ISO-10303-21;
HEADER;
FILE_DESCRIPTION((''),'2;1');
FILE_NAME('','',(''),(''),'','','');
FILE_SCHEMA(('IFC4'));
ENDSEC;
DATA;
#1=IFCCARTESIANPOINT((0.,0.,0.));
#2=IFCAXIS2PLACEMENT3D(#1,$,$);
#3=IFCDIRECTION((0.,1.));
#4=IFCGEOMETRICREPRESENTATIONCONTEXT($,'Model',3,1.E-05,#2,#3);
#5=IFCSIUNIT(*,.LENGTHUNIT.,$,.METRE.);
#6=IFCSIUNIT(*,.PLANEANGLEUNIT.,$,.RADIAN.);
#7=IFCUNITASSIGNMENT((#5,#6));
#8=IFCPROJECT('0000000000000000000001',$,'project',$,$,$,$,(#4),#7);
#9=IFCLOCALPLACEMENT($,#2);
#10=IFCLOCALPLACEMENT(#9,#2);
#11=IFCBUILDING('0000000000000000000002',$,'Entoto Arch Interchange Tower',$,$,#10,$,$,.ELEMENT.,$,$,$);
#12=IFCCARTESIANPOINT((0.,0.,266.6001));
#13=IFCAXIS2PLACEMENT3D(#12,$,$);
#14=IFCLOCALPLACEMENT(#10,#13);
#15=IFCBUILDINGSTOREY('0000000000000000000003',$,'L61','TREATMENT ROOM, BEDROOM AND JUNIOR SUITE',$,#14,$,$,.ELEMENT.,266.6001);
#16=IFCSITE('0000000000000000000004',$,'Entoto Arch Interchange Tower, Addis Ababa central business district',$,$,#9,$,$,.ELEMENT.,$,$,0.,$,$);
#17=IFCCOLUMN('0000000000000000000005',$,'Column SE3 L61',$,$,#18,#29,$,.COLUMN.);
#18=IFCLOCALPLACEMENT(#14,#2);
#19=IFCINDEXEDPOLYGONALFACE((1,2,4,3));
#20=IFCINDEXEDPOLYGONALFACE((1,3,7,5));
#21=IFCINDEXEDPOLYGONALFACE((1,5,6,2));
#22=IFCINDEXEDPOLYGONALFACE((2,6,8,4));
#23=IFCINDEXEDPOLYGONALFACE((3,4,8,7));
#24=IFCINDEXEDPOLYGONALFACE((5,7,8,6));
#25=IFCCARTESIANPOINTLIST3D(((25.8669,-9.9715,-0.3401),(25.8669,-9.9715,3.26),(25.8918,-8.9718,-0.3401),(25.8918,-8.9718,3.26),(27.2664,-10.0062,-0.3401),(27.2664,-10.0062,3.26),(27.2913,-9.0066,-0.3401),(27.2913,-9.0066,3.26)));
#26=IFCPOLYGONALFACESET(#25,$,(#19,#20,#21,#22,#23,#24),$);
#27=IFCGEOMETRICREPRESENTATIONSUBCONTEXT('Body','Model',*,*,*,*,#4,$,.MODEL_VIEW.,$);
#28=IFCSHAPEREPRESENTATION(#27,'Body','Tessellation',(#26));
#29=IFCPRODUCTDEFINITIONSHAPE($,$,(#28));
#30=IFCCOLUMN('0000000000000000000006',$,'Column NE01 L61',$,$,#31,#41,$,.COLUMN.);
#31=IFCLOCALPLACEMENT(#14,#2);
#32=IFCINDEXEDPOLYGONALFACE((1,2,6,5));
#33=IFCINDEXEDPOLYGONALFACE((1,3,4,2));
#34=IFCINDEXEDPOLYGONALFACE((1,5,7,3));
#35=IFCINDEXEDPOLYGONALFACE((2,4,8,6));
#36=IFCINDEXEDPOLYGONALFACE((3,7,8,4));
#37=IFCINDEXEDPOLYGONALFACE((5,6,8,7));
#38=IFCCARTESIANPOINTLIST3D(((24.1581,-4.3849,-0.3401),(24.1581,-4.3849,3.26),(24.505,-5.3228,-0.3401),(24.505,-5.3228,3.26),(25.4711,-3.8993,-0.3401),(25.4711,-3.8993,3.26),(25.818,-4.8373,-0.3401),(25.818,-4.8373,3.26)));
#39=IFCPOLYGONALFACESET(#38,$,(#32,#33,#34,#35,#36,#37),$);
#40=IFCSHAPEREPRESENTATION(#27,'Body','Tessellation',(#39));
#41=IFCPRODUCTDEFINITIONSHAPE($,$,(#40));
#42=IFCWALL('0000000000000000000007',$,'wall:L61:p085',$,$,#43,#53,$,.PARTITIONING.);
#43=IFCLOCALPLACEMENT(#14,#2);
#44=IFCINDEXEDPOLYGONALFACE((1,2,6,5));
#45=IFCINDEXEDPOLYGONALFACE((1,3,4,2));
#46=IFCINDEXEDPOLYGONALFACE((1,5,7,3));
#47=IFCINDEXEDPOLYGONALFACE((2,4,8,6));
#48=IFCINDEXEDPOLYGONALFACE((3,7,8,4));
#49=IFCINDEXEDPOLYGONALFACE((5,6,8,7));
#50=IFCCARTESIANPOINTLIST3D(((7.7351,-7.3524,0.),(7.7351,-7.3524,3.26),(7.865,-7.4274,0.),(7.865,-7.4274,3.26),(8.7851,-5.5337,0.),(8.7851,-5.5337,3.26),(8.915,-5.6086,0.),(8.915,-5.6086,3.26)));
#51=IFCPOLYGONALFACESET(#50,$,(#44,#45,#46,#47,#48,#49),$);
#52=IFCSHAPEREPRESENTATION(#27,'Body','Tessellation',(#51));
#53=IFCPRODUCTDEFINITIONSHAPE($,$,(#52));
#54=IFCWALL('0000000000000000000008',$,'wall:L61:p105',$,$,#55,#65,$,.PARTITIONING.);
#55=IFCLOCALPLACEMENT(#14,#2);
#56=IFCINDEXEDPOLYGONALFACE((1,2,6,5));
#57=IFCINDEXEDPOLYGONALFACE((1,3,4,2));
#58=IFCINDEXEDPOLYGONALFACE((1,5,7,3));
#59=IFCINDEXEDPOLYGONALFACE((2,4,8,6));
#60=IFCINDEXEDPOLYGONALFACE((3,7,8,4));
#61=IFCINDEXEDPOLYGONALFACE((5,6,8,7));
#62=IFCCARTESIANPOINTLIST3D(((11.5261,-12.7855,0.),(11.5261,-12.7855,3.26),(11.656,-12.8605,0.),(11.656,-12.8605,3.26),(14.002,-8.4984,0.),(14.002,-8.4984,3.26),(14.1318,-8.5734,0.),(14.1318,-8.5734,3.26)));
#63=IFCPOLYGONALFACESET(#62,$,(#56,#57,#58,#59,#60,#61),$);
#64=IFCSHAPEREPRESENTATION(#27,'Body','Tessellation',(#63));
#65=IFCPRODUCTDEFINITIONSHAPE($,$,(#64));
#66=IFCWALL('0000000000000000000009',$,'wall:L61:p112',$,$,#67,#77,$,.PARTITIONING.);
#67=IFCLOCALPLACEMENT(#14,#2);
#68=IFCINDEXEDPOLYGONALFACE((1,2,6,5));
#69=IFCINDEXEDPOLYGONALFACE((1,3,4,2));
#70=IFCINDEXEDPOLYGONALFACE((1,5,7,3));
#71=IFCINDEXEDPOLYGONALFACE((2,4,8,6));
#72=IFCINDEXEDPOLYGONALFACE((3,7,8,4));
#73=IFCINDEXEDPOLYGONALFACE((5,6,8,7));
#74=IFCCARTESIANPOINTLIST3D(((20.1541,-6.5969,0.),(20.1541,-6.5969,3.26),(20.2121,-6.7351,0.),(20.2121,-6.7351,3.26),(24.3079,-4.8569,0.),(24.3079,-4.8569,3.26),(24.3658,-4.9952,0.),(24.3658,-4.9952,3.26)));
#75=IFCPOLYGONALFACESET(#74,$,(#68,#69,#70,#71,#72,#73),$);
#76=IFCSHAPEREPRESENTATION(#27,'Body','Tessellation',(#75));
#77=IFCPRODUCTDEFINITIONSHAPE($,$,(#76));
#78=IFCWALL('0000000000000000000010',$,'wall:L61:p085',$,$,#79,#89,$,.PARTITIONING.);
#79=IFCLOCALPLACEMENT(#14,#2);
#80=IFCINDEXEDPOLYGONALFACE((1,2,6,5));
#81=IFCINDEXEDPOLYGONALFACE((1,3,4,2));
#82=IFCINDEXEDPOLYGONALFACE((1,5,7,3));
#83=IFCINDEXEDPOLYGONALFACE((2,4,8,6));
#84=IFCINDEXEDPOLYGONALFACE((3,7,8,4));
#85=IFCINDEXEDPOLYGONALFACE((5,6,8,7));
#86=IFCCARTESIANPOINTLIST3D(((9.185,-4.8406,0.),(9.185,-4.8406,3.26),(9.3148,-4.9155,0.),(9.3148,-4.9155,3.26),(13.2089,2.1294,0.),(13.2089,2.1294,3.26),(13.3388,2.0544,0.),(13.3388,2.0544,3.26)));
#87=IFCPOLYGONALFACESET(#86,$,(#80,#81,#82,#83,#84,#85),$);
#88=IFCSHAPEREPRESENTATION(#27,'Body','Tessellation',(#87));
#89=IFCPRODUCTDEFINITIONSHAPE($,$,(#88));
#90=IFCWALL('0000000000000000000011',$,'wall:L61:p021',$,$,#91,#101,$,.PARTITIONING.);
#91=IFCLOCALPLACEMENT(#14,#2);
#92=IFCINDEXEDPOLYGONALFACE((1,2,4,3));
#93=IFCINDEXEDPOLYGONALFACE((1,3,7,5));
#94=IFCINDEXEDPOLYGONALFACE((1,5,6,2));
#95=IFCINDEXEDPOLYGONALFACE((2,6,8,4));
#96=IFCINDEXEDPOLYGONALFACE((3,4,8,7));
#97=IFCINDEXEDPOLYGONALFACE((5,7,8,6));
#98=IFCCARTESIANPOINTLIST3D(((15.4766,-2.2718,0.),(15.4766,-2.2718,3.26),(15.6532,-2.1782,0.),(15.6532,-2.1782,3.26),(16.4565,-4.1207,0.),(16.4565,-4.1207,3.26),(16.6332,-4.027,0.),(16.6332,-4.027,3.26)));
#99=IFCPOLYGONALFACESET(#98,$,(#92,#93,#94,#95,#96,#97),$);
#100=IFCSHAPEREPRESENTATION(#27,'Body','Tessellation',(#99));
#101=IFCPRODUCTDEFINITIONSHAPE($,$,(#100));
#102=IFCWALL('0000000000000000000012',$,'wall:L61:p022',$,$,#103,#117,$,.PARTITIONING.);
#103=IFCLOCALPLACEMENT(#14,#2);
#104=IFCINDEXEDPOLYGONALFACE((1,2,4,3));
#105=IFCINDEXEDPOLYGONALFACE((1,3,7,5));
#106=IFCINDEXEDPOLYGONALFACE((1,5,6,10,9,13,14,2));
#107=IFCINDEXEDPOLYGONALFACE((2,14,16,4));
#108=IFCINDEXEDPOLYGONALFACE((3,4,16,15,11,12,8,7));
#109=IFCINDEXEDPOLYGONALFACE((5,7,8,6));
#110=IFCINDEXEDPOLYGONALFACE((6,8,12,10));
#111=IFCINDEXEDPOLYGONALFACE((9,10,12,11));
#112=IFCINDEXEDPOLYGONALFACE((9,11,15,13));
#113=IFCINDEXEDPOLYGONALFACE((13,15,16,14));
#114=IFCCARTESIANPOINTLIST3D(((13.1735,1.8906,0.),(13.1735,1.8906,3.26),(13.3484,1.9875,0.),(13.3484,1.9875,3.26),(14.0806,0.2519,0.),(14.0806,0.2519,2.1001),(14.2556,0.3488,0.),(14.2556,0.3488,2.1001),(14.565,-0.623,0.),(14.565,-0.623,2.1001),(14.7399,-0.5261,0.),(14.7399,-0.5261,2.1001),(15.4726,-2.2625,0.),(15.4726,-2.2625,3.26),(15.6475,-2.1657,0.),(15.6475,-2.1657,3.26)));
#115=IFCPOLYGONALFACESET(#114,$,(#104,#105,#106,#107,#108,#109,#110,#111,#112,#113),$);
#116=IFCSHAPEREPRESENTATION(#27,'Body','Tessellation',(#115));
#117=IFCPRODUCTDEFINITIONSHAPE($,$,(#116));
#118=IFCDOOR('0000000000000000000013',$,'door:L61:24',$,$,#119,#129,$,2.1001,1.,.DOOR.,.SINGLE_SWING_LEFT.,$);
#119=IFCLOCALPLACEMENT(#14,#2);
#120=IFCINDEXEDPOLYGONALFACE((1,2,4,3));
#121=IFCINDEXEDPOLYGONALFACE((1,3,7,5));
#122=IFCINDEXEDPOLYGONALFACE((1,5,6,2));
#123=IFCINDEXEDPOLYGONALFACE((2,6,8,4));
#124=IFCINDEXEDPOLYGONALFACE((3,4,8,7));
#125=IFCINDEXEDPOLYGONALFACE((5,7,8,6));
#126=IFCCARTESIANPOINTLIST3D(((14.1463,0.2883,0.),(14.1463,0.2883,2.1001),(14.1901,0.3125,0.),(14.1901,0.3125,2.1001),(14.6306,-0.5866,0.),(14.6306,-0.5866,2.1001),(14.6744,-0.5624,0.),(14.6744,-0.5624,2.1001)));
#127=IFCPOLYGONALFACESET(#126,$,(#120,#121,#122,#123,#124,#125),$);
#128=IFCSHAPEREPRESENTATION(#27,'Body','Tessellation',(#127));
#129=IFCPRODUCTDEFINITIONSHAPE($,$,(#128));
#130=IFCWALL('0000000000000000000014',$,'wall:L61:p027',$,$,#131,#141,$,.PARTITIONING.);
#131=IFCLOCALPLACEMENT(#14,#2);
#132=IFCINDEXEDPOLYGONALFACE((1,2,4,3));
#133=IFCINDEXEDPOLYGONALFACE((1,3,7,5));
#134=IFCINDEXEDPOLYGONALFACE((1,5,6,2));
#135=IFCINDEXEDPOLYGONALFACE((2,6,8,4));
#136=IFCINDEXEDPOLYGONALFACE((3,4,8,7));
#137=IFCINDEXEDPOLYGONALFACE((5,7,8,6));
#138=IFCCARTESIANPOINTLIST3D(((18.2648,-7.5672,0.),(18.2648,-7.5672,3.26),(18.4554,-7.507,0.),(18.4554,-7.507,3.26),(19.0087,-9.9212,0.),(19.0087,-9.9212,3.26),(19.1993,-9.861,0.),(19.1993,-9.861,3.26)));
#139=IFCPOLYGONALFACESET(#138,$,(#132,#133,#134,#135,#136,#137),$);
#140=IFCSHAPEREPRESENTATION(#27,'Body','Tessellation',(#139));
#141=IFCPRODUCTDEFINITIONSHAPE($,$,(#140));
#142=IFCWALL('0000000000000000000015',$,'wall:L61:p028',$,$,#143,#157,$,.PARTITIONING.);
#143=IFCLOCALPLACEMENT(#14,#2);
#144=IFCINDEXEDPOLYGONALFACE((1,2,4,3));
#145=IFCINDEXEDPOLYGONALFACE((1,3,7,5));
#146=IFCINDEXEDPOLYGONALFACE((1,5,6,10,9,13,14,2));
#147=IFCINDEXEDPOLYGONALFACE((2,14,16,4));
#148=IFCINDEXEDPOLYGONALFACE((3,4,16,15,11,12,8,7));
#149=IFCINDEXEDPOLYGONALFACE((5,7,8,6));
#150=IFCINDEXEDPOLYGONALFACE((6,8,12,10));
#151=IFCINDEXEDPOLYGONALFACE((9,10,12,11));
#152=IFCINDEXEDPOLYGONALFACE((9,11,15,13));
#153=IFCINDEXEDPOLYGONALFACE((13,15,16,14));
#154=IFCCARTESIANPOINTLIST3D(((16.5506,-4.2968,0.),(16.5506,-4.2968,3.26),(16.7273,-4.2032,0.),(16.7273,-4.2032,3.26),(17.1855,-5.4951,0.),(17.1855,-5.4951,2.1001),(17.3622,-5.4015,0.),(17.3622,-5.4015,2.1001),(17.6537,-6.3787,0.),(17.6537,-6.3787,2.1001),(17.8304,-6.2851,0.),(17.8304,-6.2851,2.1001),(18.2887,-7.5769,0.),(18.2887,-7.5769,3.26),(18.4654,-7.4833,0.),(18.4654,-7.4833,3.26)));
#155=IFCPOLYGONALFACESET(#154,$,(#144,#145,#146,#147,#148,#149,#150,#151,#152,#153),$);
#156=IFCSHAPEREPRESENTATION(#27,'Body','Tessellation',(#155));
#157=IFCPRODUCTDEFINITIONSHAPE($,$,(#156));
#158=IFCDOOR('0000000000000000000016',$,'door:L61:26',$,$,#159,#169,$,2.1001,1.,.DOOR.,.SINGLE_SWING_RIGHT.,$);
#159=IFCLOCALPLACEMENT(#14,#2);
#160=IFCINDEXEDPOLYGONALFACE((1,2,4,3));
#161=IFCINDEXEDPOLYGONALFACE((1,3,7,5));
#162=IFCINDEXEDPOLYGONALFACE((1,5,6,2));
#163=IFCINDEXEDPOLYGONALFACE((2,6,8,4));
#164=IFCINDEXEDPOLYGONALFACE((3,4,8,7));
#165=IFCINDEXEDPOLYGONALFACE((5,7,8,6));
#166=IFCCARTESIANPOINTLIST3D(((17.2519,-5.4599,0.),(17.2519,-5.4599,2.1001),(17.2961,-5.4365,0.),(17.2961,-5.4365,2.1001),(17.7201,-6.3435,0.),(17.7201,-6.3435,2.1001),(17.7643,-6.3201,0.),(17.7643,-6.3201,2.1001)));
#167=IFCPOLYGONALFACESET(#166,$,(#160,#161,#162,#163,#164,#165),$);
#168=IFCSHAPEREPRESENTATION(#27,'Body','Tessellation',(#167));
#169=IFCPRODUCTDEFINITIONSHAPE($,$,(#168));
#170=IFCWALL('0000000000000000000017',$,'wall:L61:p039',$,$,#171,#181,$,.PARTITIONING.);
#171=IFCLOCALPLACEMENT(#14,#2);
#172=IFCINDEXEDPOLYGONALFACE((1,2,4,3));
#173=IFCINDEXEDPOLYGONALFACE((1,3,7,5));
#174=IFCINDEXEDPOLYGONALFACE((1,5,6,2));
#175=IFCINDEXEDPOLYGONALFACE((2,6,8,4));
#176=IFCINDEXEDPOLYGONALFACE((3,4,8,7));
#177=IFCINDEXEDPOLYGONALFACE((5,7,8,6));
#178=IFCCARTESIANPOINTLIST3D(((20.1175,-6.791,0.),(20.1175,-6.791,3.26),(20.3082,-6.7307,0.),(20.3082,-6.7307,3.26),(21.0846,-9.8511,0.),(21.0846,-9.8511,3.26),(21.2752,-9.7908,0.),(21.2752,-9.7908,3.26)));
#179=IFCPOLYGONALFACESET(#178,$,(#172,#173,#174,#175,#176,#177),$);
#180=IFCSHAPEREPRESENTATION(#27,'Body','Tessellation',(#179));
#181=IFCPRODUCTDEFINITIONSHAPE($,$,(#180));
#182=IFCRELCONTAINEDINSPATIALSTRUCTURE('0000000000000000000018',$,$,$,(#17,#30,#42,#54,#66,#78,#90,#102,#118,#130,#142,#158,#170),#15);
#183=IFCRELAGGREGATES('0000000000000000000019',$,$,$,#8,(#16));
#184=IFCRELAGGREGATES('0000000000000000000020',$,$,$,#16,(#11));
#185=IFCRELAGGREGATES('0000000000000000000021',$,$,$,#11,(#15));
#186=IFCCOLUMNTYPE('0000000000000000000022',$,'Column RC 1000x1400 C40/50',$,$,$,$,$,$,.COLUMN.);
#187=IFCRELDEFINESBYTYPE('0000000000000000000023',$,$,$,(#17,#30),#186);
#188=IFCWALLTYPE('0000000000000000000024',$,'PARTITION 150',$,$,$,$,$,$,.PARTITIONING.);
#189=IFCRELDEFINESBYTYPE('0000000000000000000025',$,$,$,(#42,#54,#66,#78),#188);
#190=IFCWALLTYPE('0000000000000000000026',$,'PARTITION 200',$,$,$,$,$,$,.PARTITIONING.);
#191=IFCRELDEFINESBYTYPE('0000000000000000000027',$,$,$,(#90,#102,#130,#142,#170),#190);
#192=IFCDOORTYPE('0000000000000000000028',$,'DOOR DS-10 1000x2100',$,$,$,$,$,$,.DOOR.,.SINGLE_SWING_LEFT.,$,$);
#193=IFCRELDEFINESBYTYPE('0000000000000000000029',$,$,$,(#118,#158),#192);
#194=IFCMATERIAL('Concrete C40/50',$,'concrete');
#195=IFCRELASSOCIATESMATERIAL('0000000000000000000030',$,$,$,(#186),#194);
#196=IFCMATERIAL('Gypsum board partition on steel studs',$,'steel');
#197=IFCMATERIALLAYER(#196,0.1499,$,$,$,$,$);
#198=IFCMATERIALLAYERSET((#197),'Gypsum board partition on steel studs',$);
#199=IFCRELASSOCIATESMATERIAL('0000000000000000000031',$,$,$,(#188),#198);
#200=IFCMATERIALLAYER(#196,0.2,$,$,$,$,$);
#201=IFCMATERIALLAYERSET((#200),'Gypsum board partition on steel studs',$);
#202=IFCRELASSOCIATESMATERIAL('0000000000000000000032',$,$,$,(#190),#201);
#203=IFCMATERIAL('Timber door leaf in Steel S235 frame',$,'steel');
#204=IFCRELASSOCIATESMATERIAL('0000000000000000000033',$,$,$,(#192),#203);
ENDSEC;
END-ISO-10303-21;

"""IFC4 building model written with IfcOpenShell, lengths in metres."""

from ifc_helpers import new_model, si_unit, direction, frame, frame_2d, origin, origin_2d, place, context, subcontext, project, spatial, rectangle, extrude, material, layer, layer_set, material_profile, profile_set, type_object, element, fill, save


model = new_model("IFC4")

# Units and contexts
model_context = context("Model", 3, precision=1e-05, world=origin(), true_north=direction((0.0, 1.0)))
body_context = subcontext(model_context, "Body", "Model", "MODEL_VIEW")
ifc_project = project(units=[si_unit("LENGTHUNIT", "METRE"), si_unit("PLANEANGLEUNIT", "RADIAN")], contexts=[model_context])

# Site, building, storey
site_placement = place(None, origin())
site = spatial("IfcSite", under=ifc_project, at=site_placement, Name="Entoto Arch Interchange Tower, Addis Ababa central business district", CompositionType="ELEMENT", RefElevation=0.0)
building_placement = place(site_placement, origin())
building = spatial("IfcBuilding", under=site, at=building_placement, Name="Entoto Arch Interchange Tower", CompositionType="ELEMENT")
storey_placement = place(building_placement, frame((0.0, 0.0, 266.6001)))
storey = spatial("IfcBuildingStorey", under=building, at=storey_placement, Name="L61", Description="TREATMENT ROOM, BEDROOM AND JUNIOR SUITE", CompositionType="ELEMENT", Elevation=266.6001)

# Columns
ifc_material_1 = material(Name="Concrete C40/50", Category="concrete")
ifc_material_profile = material_profile(ifc_material_1, rectangle(XDim=1.0, YDim=1.3999, at=origin_2d()))
ifc_profile_set = profile_set([ifc_material_profile], Name="Concrete C40/50")
column_type = type_object("IfcColumnType", Name="Column RC 1000x1400 C40/50", PredefinedType="COLUMN", material=ifc_profile_set)
for number, where, z_axis, x_axis, name in (
    (1, (26.5791, -9.489, -0.3401), (0.0, 0.0, 1.0), (0.024833, 0.999692, 0.0), "Column SE3 L61"),
    (2, (24.988, -4.6111, -0.3401), (0.0, 0.0, 1.0), (-0.346854, 0.937919, 0.0), "Column NE01 L61"),
):
    element("IfcColumn", number, at=place(storey_placement, frame(where, z_axis=z_axis, x_axis=x_axis)), inside=storey, type_object=column_type, Name=name, PredefinedType="COLUMN", context=body_context, shape_type="SweptSolid", body=[
        extrude(rectangle(XDim=1.0, YDim=1.3999, at=origin_2d()), origin(), (0.0, 0.0, 1.0), 3.6001),
    ])

# Walls
ifc_material_2 = material(Name="Gypsum board partition on steel studs", Category="steel")
ifc_layer_1 = layer(ifc_material_2, 0.1499)
ifc_layer_set_1 = layer_set([ifc_layer_1], Name="Gypsum board partition on steel studs")
wall_type_1 = type_object("IfcWallType", Name="PARTITION 150", PredefinedType="PARTITIONING", material=ifc_layer_set_1)
wall_1_placement = place(storey_placement, frame((7.8, -7.3899, 0.0), z_axis=(0.0, 0.0, 1.0), x_axis=(0.499977, 0.866038, 0.0)))
element("IfcWall", 3, at=wall_1_placement, inside=storey, type_object=wall_type_1, Name="wall:L61:p085", PredefinedType="PARTITIONING", context=body_context, shape_type="SweptSolid", body=[
    extrude(rectangle(XDim=2.1001, YDim=0.1499, at=frame_2d((1.05, 0.0))), origin(), (0.0, 0.0, 1.0), 3.26),
])
wall_2_placement = place(storey_placement, frame((14.0669, -8.5359, 0.0), z_axis=(0.0, 0.0, 1.0), x_axis=(-0.500101, -0.865967, 0.0)))
element("IfcWall", 4, at=wall_2_placement, inside=storey, type_object=wall_type_1, Name="wall:L61:p105", PredefinedType="PARTITIONING", context=body_context, shape_type="SweptSolid", body=[
    extrude(rectangle(XDim=4.9507, YDim=0.1499, at=frame_2d((2.4753, 0.0))), origin(), (0.0, 0.0, 1.0), 3.26),
])
wall_3_placement = place(storey_placement, frame((20.1831, -6.666, 0.0), z_axis=(0.0, 0.0, 1.0), x_axis=(0.922347, 0.386362, 0.0)))
element("IfcWall", 5, at=wall_3_placement, inside=storey, type_object=wall_type_1, Name="wall:L61:p112", PredefinedType="PARTITIONING", context=body_context, shape_type="SweptSolid", body=[
    extrude(rectangle(XDim=4.5034, YDim=0.1499, at=frame_2d((2.2517, 0.0))), origin(), (0.0, 0.0, 1.0), 3.26),
])
wall_4_placement = place(storey_placement, frame((9.25, -4.8779, 0.0), z_axis=(0.0, 0.0, 1.0), x_axis=(0.499982, 0.866036, 0.0)))
element("IfcWall", 6, at=wall_4_placement, inside=storey, type_object=wall_type_1, Name="wall:L61:p085", PredefinedType="PARTITIONING", context=body_context, shape_type="SweptSolid", body=[
    extrude(rectangle(XDim=8.0481, YDim=0.1499, at=frame_2d((4.0239, 0.0))), origin(), (0.0, 0.0, 1.0), 3.26),
])
ifc_layer_2 = layer(ifc_material_2, 0.2)
ifc_layer_set_2 = layer_set([ifc_layer_2], Name="Gypsum board partition on steel studs")
wall_type_2 = type_object("IfcWallType", Name="PARTITION 200", PredefinedType="PARTITIONING", material=ifc_layer_set_2)
wall_5_placement = place(storey_placement, frame((16.5449, -4.074, 0.0), z_axis=(0.0, 0.0, 1.0), x_axis=(-0.468322, 0.883558, 0.0)))
element("IfcWall", 7, at=wall_5_placement, inside=storey, type_object=wall_type_2, Name="wall:L61:p021", PredefinedType="PARTITIONING", context=body_context, shape_type="SweptSolid", body=[
    extrude(rectangle(XDim=2.0925, YDim=0.2, at=frame_2d((1.0464, 0.0))), origin(), (0.0, 0.0, 1.0), 3.26),
])

# Wall, opening, door
wall_6_placement = place(storey_placement, frame((15.5601, -2.2141, 0.0), z_axis=(0.0, 0.0, 1.0), x_axis=(-0.484324, 0.874889, 0.0)))
wall_6 = element("IfcWall", 8, at=wall_6_placement, inside=storey, type_object=wall_type_2, Name="wall:L61:p022", PredefinedType="PARTITIONING", context=body_context, shape_type="SweptSolid", body=[
    extrude(rectangle(XDim=4.7471, YDim=0.2, at=frame_2d((2.3735, 0.0))), origin(), (0.0, 0.0, 1.0), 3.26),
])
opening_1_placement = place(wall_6_placement, frame((1.874, 0.0, 0.0)))
opening_1 = element("IfcOpeningElement", 9, at=opening_1_placement, cuts=wall_6, PredefinedType="OPENING", context=body_context, shape_type="SweptSolid", body=[
    extrude(rectangle(XDim=1.0, YDim=2.1001, at=frame_2d((0.5, 1.05))), frame((0.0, 0.1099, 0.0), z_axis=(0.0, -1.0, 0.0), x_axis=(1.0, 0.0, 0.0)), (0.0, 0.0, 1.0), 0.22),
])
ifc_material_3 = material(Name="Timber door leaf in Steel S235 frame", Category="steel")
door_type_1 = type_object("IfcDoorType", Name="DOOR DS-10 1000x2100", OperationType="SINGLE_SWING_LEFT", PredefinedType="DOOR", material=ifc_material_3)
door_1_placement = place(opening_1_placement, origin())
door_1 = element("IfcDoor", 10, at=door_1_placement, inside=storey, type_object=door_type_1, Name="door:L61:24", OperationType="SINGLE_SWING_LEFT", OverallHeight=2.1001, OverallWidth=1.0, PredefinedType="DOOR", context=body_context, shape_type="SweptSolid", body=[
    extrude(rectangle(XDim=1.0, YDim=2.1001, at=frame_2d((0.5, 1.05))), frame((0.0, 0.0249, 0.0), z_axis=(0.0, -1.0, 0.0), x_axis=(1.0, 0.0, 0.0)), (0.0, 0.0, 1.0), 0.05),
])
fill(opening_1, door_1)

# Wall
wall_7_placement = place(storey_placement, frame((19.104, -9.8911, 0.0), z_axis=(0.0, 0.0, 1.0), x_axis=(-0.301325, 0.953521, 0.0)))
element("IfcWall", 11, at=wall_7_placement, inside=storey, type_object=wall_type_2, Name="wall:L61:p027", PredefinedType="PARTITIONING", context=body_context, shape_type="SweptSolid", body=[
    extrude(rectangle(XDim=2.4688, YDim=0.2, at=frame_2d((1.2344, 0.0))), origin(), (0.0, 0.0, 1.0), 3.26),
])

# Wall, opening, door
wall_8_placement = place(storey_placement, frame((18.377, -7.53, 0.0), z_axis=(0.0, 0.0, 1.0), x_axis=(-0.468214, 0.883615, 0.0)))
wall_8 = element("IfcWall", 12, at=wall_8_placement, inside=storey, type_object=wall_type_2, Name="wall:L61:p028", PredefinedType="PARTITIONING", context=body_context, shape_type="SweptSolid", body=[
    extrude(rectangle(XDim=3.7122, YDim=0.2, at=frame_2d((1.856, 0.0))), origin(), (0.0, 0.0, 1.0), 3.26),
])
opening_2_placement = place(wall_8_placement, frame((1.356, 0.0, 0.0)))
opening_2 = element("IfcOpeningElement", 13, at=opening_2_placement, cuts=wall_8, PredefinedType="OPENING", context=body_context, shape_type="SweptSolid", body=[
    extrude(rectangle(XDim=1.0, YDim=2.1001, at=frame_2d((0.5, 1.05))), frame((0.0, 0.1099, 0.0), z_axis=(0.0, -1.0, 0.0), x_axis=(1.0, 0.0, 0.0)), (0.0, 0.0, 1.0), 0.22),
])
door_2_placement = place(opening_2_placement, origin())
door_2 = element("IfcDoor", 14, at=door_2_placement, inside=storey, type_object=door_type_1, Name="door:L61:26", OperationType="SINGLE_SWING_RIGHT", OverallHeight=2.1001, OverallWidth=1.0, PredefinedType="DOOR", context=body_context, shape_type="SweptSolid", body=[
    extrude(rectangle(XDim=1.0, YDim=2.1001, at=frame_2d((0.5, 1.05))), frame((0.0, 0.0249, 0.0), z_axis=(0.0, -1.0, 0.0), x_axis=(1.0, 0.0, 0.0)), (0.0, 0.0, 1.0), 0.05),
])
fill(opening_2, door_2)

# Wall
wall_9_placement = place(storey_placement, frame((20.2129, -6.761, 0.0), z_axis=(0.0, 0.0, 1.0), x_axis=(0.301332, -0.953519, 0.0)))
element("IfcWall", 15, at=wall_9_placement, inside=storey, type_object=wall_type_2, Name="wall:L61:p039", PredefinedType="PARTITIONING", context=body_context, shape_type="SweptSolid", body=[
    extrude(rectangle(XDim=3.2092, YDim=0.2, at=frame_2d((1.6045, 0.0))), origin(), (0.0, 0.0, 1.0), 3.26),
])

save(model, "model.ifc")
